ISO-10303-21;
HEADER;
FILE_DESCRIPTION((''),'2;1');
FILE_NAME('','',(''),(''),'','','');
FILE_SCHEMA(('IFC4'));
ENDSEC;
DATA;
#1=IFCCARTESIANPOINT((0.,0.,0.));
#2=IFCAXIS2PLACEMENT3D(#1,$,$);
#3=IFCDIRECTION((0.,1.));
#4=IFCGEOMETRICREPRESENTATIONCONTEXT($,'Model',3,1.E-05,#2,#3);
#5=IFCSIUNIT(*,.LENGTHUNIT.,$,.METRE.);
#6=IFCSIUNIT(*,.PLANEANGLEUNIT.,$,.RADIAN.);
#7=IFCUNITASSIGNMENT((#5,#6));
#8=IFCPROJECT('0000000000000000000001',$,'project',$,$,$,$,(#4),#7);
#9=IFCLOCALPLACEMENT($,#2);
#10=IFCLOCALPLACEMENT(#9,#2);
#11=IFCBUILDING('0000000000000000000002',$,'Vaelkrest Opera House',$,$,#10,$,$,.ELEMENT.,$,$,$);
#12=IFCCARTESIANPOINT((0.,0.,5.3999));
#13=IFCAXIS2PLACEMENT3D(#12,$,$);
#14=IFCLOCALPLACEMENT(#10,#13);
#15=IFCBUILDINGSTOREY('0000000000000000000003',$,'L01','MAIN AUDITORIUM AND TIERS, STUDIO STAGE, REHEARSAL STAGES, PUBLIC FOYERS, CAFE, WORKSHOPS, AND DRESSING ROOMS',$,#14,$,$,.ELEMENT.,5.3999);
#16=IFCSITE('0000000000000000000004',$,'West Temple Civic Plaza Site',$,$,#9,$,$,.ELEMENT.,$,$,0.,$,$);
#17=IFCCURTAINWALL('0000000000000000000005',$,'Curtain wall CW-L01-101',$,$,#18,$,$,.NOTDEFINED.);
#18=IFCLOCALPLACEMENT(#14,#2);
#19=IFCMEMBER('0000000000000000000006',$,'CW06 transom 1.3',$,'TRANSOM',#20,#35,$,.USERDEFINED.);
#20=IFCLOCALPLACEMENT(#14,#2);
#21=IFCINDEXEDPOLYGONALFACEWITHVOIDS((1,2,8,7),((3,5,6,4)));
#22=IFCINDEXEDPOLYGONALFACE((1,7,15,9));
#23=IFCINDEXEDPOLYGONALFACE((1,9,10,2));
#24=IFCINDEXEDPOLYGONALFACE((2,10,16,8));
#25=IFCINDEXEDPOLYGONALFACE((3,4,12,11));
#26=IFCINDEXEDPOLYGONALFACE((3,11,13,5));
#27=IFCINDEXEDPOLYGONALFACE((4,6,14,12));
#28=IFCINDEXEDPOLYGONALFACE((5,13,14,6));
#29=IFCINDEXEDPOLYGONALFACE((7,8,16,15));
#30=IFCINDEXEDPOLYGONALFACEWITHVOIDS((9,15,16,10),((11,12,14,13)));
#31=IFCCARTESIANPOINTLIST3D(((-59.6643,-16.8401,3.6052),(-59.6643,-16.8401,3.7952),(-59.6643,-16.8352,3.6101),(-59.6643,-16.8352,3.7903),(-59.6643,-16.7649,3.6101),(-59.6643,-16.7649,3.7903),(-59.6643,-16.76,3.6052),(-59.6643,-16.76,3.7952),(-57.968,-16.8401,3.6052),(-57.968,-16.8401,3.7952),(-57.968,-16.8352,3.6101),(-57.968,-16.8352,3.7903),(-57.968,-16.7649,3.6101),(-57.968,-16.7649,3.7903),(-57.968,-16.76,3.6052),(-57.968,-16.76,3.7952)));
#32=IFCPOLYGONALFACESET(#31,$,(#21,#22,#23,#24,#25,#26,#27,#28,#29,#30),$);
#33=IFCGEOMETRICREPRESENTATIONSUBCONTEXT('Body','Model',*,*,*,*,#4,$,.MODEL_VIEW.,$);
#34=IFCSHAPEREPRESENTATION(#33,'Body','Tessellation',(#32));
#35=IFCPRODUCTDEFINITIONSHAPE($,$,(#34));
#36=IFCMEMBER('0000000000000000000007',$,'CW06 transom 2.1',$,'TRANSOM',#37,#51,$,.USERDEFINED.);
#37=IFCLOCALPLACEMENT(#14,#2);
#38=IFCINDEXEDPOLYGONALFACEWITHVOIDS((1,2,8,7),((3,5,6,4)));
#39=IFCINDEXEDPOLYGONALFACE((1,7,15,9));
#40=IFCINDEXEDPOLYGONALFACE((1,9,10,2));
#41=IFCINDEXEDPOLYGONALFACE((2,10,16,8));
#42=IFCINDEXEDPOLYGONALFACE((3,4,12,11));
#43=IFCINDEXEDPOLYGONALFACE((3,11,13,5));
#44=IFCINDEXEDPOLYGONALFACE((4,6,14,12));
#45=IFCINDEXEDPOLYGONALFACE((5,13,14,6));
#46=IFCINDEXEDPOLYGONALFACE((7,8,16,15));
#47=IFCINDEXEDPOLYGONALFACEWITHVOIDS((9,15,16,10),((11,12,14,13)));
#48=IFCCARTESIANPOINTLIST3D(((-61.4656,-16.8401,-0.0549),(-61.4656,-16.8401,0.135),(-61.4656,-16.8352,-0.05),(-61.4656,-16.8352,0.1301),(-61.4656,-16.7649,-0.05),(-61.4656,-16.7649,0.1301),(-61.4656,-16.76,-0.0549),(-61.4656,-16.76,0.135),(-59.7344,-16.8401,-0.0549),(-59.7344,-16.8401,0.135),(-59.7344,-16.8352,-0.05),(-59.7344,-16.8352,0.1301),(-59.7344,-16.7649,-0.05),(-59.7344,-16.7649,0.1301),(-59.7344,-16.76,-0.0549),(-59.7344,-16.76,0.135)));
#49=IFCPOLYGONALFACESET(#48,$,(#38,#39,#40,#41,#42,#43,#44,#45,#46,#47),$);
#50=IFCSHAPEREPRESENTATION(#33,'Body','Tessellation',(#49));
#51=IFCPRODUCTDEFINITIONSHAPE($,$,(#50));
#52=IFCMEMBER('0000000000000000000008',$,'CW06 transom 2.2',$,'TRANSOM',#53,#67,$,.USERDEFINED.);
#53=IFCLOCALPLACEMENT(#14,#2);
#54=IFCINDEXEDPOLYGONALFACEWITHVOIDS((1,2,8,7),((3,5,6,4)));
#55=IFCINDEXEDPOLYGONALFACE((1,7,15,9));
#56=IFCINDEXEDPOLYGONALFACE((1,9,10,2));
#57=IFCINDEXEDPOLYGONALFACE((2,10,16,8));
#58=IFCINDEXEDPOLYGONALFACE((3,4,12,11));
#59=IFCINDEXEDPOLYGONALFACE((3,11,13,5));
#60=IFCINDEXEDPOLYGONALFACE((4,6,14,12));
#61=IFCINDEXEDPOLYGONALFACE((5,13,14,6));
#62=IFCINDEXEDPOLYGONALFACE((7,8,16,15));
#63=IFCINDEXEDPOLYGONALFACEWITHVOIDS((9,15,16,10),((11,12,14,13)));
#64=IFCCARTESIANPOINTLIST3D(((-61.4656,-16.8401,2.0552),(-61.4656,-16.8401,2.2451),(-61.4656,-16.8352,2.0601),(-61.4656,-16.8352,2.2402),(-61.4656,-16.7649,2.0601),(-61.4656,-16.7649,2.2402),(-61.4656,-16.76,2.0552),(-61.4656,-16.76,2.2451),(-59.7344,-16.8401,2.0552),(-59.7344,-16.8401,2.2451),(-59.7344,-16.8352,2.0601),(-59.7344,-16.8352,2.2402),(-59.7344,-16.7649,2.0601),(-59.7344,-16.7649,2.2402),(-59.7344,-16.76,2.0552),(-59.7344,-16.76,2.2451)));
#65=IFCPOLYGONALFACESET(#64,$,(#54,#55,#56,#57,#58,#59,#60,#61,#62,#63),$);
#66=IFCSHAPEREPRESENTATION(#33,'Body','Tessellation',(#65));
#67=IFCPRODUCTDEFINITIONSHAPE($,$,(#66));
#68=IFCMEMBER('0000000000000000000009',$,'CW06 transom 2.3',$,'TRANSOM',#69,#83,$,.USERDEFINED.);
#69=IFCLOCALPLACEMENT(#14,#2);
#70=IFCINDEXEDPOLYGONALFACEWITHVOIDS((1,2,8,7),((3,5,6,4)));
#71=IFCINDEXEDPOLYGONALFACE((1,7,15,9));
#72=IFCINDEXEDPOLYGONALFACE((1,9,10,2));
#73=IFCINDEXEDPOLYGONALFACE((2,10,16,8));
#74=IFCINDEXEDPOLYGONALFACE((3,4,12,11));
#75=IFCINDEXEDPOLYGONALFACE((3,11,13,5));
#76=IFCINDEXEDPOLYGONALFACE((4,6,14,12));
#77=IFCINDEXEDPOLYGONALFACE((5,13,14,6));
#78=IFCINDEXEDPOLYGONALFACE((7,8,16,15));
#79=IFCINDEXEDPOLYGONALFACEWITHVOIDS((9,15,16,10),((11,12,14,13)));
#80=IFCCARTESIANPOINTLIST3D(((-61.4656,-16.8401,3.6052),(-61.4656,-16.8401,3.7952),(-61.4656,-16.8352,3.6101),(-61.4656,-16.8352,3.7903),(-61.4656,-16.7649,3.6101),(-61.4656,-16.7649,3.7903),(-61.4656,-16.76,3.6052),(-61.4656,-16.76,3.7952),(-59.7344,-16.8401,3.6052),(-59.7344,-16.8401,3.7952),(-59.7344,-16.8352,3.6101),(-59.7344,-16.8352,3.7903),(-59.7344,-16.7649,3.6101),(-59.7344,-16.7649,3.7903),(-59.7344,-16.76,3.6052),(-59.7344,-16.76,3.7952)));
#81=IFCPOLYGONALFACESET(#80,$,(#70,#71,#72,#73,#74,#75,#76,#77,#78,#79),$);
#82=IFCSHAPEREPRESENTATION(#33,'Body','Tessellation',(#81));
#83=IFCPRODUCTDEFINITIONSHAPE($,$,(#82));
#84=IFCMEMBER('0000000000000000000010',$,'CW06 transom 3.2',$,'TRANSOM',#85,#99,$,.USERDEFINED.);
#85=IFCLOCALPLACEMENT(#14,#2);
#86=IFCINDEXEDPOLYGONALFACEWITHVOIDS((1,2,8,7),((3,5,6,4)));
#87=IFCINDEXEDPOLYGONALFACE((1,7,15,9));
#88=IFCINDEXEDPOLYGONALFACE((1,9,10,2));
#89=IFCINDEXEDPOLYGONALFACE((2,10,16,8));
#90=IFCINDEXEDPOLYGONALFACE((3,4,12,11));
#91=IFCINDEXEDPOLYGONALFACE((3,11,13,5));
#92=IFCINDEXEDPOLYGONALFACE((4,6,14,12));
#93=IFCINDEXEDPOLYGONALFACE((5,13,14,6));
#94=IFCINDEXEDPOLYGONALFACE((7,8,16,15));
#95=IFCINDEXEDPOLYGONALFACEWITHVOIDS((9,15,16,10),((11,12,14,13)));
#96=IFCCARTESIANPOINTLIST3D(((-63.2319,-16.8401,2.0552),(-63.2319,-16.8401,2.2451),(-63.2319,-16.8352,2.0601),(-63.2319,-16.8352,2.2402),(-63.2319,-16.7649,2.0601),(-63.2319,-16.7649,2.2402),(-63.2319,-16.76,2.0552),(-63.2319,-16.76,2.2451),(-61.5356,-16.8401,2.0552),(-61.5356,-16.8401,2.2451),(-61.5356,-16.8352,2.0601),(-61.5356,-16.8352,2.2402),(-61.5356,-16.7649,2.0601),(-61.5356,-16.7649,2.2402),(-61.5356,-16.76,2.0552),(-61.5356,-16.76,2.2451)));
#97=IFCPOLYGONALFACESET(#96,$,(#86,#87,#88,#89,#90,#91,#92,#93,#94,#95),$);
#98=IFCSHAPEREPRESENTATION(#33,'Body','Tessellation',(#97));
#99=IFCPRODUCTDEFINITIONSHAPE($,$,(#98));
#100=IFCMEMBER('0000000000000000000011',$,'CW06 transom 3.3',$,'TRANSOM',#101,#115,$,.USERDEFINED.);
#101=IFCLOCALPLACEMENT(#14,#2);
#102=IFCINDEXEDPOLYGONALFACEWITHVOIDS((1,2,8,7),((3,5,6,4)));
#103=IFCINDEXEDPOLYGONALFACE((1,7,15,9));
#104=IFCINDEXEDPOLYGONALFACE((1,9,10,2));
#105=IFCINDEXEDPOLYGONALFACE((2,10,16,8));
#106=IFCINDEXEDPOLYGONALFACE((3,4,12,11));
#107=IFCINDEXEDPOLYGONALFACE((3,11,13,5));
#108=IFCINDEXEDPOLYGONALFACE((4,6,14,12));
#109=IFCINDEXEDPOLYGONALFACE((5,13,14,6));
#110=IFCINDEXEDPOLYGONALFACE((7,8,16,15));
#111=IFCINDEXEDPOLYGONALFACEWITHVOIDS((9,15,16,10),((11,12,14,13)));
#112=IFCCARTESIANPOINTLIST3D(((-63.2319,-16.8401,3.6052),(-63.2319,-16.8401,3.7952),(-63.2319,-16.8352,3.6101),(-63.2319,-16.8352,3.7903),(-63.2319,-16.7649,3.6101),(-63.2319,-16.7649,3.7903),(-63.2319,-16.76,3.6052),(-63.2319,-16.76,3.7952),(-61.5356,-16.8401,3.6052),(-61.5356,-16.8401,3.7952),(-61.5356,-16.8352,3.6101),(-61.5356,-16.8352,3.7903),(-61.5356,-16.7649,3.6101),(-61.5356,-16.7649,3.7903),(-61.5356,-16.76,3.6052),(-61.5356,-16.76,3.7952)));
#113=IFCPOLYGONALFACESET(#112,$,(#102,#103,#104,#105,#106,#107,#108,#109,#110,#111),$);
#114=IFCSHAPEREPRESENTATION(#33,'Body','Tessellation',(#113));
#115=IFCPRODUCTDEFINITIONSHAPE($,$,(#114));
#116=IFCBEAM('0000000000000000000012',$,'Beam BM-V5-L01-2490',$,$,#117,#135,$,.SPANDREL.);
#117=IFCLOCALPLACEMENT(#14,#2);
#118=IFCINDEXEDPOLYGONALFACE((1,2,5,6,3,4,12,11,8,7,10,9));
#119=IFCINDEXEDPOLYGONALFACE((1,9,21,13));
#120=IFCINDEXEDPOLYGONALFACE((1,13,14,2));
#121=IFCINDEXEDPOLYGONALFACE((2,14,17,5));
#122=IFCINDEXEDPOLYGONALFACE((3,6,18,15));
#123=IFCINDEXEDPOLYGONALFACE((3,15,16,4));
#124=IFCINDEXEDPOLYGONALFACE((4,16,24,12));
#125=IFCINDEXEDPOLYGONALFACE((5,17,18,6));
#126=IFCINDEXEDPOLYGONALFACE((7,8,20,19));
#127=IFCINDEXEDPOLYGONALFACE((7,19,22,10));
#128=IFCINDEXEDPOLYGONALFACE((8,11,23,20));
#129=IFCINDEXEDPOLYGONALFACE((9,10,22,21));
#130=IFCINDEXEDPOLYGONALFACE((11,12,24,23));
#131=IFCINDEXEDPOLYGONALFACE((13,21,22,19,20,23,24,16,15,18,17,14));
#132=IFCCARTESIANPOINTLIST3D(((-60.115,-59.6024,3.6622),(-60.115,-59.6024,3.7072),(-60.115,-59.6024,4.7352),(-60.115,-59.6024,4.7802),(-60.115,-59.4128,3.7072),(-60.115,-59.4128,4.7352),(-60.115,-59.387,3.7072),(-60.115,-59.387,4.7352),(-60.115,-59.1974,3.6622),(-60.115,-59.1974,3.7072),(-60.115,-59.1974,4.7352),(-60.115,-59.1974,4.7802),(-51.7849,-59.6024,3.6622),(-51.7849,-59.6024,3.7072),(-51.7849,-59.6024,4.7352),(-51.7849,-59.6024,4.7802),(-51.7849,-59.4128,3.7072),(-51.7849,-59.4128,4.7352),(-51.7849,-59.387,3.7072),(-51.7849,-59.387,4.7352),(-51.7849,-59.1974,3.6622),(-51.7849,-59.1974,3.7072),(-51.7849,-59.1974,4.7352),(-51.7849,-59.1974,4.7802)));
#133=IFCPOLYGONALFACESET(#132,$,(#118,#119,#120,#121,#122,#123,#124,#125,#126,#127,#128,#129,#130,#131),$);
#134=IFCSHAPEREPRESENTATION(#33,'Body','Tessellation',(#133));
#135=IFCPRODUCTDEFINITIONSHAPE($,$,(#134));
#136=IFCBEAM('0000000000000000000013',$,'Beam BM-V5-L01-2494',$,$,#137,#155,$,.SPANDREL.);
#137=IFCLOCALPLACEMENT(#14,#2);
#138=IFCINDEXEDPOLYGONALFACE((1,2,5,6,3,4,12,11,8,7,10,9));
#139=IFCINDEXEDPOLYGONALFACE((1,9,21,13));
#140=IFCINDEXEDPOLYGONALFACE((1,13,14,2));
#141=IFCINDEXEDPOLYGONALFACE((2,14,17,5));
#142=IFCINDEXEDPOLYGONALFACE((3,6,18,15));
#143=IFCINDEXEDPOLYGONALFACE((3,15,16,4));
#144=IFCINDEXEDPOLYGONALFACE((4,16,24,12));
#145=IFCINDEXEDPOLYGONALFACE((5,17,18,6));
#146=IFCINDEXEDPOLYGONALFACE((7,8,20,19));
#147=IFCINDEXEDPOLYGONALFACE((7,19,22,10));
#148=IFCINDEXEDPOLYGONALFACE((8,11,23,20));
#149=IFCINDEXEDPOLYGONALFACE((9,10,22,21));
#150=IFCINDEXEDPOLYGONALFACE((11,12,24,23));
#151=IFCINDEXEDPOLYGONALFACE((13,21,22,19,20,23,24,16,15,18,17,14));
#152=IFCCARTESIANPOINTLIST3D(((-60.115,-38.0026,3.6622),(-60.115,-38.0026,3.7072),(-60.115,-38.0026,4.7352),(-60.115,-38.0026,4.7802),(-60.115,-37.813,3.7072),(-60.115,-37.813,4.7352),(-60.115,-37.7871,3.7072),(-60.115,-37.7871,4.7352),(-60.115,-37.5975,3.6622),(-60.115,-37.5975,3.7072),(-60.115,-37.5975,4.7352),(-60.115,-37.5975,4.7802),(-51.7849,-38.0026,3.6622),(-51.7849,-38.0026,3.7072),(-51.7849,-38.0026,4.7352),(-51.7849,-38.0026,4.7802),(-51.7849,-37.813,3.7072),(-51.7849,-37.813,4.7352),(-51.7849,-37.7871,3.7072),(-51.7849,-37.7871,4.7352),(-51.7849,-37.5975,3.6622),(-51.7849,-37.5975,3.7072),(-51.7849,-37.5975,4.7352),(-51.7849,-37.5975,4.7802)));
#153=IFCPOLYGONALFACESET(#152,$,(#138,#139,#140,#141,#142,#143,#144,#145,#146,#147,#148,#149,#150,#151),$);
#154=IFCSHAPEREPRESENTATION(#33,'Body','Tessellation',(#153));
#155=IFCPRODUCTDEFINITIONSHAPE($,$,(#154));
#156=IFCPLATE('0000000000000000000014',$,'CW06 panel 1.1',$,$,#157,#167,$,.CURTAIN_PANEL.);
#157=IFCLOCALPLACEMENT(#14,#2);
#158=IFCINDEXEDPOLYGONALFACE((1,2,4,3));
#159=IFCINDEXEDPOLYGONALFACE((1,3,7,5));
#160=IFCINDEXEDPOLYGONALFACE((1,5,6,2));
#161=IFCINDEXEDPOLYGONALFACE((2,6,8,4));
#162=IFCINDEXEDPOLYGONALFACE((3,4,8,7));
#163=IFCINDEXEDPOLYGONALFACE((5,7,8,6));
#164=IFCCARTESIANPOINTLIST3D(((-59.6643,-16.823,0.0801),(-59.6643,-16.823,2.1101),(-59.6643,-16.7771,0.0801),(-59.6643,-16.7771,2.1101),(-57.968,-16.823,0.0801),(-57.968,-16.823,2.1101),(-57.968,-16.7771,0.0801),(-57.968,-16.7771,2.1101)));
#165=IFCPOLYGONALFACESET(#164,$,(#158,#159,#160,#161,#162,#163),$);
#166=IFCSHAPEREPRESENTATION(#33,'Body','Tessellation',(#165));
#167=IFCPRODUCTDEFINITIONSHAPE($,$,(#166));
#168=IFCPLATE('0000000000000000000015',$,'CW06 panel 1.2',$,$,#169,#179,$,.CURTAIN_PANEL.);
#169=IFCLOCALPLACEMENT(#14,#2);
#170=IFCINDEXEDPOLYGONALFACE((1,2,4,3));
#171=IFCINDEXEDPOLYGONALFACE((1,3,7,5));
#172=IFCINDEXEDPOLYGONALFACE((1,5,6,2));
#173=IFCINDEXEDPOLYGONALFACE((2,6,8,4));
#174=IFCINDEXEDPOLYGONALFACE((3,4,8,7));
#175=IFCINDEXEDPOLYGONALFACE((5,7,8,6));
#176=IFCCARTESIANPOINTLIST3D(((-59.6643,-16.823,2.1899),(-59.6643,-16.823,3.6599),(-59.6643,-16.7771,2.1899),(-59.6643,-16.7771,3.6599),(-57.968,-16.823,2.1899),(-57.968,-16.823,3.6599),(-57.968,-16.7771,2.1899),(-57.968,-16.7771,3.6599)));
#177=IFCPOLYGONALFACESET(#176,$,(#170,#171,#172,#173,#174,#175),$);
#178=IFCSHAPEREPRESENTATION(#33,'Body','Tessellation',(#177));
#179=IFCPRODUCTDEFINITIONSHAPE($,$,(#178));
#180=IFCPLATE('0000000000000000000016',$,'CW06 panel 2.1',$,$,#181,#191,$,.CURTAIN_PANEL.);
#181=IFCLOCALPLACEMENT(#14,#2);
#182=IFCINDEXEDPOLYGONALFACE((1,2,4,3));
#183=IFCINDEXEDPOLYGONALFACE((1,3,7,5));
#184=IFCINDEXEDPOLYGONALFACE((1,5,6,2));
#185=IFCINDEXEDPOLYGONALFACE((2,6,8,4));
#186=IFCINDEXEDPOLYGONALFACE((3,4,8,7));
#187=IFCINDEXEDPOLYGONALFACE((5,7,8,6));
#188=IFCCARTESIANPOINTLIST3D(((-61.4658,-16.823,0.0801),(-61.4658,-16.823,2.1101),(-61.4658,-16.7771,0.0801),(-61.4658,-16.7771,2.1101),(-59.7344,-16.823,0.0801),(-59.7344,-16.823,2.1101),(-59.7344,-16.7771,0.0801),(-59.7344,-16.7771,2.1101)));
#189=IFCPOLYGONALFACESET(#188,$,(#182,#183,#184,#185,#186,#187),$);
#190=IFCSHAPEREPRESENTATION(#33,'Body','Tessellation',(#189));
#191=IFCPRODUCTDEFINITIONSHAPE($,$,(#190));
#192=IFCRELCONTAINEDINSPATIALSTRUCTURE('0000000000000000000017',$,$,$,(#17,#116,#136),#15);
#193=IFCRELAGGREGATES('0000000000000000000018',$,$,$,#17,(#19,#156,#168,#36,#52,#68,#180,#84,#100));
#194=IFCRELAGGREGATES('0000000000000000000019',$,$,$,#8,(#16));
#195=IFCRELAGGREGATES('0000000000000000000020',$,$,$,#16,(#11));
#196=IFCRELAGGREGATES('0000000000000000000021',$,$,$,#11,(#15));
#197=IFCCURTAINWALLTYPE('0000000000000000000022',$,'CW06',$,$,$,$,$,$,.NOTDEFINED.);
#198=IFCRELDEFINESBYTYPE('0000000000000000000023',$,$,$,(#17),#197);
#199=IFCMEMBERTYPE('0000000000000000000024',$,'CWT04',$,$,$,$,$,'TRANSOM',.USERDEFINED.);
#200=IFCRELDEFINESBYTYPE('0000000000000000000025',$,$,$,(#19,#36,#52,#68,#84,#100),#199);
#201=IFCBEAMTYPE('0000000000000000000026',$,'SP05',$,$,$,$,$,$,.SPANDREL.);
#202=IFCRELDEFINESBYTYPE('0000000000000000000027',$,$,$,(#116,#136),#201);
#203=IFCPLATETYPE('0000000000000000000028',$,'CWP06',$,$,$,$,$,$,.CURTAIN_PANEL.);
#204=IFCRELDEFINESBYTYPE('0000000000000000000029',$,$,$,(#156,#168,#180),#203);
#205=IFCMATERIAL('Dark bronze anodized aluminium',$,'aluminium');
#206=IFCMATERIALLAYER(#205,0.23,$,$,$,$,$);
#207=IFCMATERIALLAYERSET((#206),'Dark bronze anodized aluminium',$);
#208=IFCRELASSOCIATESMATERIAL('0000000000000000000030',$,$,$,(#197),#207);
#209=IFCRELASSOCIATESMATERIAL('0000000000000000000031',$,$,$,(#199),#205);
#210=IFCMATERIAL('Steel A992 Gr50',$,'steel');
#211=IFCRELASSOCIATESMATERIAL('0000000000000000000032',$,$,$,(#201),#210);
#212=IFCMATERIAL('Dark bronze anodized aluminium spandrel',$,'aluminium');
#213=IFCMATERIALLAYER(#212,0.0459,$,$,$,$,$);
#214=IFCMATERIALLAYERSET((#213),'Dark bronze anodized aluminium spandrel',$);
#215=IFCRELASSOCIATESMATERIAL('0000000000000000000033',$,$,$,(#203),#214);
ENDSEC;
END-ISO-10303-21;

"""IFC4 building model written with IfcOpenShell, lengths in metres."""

from ifc_helpers import new_model, si_unit, direction, frame, origin, origin_2d, place, context, subcontext, project, spatial, rectangle, hollow_rectangle, i_section, extrude, material, layer, layer_set, material_profile, profile_set, type_object, element, aggregate, save


model = new_model("IFC4")

# Units and contexts
model_context = context("Model", 3, precision=1e-05, world=origin(), true_north=direction((0.0, 1.0)))
body_context = subcontext(model_context, "Body", "Model", "MODEL_VIEW")
ifc_project = project(units=[si_unit("LENGTHUNIT", "METRE"), si_unit("PLANEANGLEUNIT", "RADIAN")], contexts=[model_context])

# Site, building, storey
site_placement = place(None, origin())
site = spatial("IfcSite", under=ifc_project, at=site_placement, Name="West Temple Civic Plaza Site", CompositionType="ELEMENT", RefElevation=0.0)
building_placement = place(site_placement, origin())
building = spatial("IfcBuilding", under=site, at=building_placement, Name="Vaelkrest Opera House", CompositionType="ELEMENT")
storey_placement = place(building_placement, frame((0.0, 0.0, 5.3999)))
storey = spatial("IfcBuildingStorey", under=building, at=storey_placement, Name="L01", Description="MAIN AUDITORIUM AND TIERS, STUDIO STAGE, REHEARSAL STAGES, PUBLIC FOYERS, CAFE, WORKSHOPS, AND DRESSING ROOMS", CompositionType="ELEMENT", Elevation=5.3999)

# Shared definitions
ifc_material_1 = material(Name="Steel A992 Gr50", Category="steel")

# Curtain wall, members
ifc_material_2 = material(Name="Dark bronze anodized aluminium", Category="aluminium")
ifc_layer_1 = layer(ifc_material_2, 0.23)
ifc_layer_set_1 = layer_set([ifc_layer_1], Name="Dark bronze anodized aluminium")
curtain_wall_type = type_object("IfcCurtainWallType", Name="CW06", PredefinedType="NOTDEFINED", material=ifc_layer_set_1)
curtain_wall_placement = place(storey_placement, origin())
curtain_wall = element("IfcCurtainWall", 1, at=curtain_wall_placement, inside=storey, type_object=curtain_wall_type, Name="Curtain wall CW-L01-101", PredefinedType="NOTDEFINED")
ifc_material_profile_1 = material_profile(ifc_material_2, hollow_rectangle(XDim=0.0801, YDim=0.1899, WallThickness=0.0049, at=origin_2d()), Name="CWT80X190")
ifc_profile_set_1 = profile_set([ifc_material_profile_1], Name="Dark bronze anodized aluminium")
member_type_1 = type_object("IfcMemberType", Name="CWT04", ElementType="TRANSOM", PredefinedType="USERDEFINED", material=ifc_profile_set_1)
member_1_placement = place(storey_placement, frame((-57.968, -16.8, 3.7002), z_axis=(-1.0, 0.0, 0.0), x_axis=(0.0, -1.0, 0.0)))
member_1 = element("IfcMember", 2, at=member_1_placement, type_object=member_type_1, Name="CW06 transom 1.3", ObjectType="TRANSOM", PredefinedType="USERDEFINED", context=body_context, shape_type="SweptSolid", body=[
    extrude(hollow_rectangle(XDim=0.0801, YDim=0.1899, WallThickness=0.0049, at=origin_2d()), origin(), (0.0, 0.0, 1.0), 1.6963),
])
member_2_placement = place(storey_placement, frame((-59.7344, -16.8, 0.04), z_axis=(-1.0, 0.0, 0.0), x_axis=(0.0, -1.0, 0.0)))
member_2 = element("IfcMember", 3, at=member_2_placement, type_object=member_type_1, Name="CW06 transom 2.1", ObjectType="TRANSOM", PredefinedType="USERDEFINED", context=body_context, shape_type="SweptSolid", body=[
    extrude(hollow_rectangle(XDim=0.0801, YDim=0.1899, WallThickness=0.0049, at=origin_2d()), origin(), (0.0, 0.0, 1.0), 1.7312),
])
member_3_placement = place(storey_placement, frame((-59.7344, -16.8, 2.1501), z_axis=(-1.0, 0.0, 0.0), x_axis=(0.0, -1.0, 0.0)))
member_3 = element("IfcMember", 4, at=member_3_placement, type_object=member_type_1, Name="CW06 transom 2.2", ObjectType="TRANSOM", PredefinedType="USERDEFINED", context=body_context, shape_type="SweptSolid", body=[
    extrude(hollow_rectangle(XDim=0.0801, YDim=0.1899, WallThickness=0.0049, at=origin_2d()), origin(), (0.0, 0.0, 1.0), 1.7312),
])
member_4_placement = place(storey_placement, frame((-59.7344, -16.8, 3.7002), z_axis=(-1.0, 0.0, 0.0), x_axis=(0.0, -1.0, 0.0)))
member_4 = element("IfcMember", 5, at=member_4_placement, type_object=member_type_1, Name="CW06 transom 2.3", ObjectType="TRANSOM", PredefinedType="USERDEFINED", context=body_context, shape_type="SweptSolid", body=[
    extrude(hollow_rectangle(XDim=0.0801, YDim=0.1899, WallThickness=0.0049, at=origin_2d()), origin(), (0.0, 0.0, 1.0), 1.7312),
])
member_5_placement = place(storey_placement, frame((-61.5356, -16.8, 2.1501), z_axis=(-1.0, 0.0, 0.0), x_axis=(0.0, -1.0, 0.0)))
member_5 = element("IfcMember", 6, at=member_5_placement, type_object=member_type_1, Name="CW06 transom 3.2", ObjectType="TRANSOM", PredefinedType="USERDEFINED", context=body_context, shape_type="SweptSolid", body=[
    extrude(hollow_rectangle(XDim=0.0801, YDim=0.1899, WallThickness=0.0049, at=origin_2d()), origin(), (0.0, 0.0, 1.0), 1.6963),
])
member_6_placement = place(storey_placement, frame((-61.5356, -16.8, 3.7002), z_axis=(-1.0, 0.0, 0.0), x_axis=(0.0, -1.0, 0.0)))
member_6 = element("IfcMember", 7, at=member_6_placement, type_object=member_type_1, Name="CW06 transom 3.3", ObjectType="TRANSOM", PredefinedType="USERDEFINED", context=body_context, shape_type="SweptSolid", body=[
    extrude(hollow_rectangle(XDim=0.0801, YDim=0.1899, WallThickness=0.0049, at=origin_2d()), origin(), (0.0, 0.0, 1.0), 1.6963),
])

# Beams
ifc_material_profile_2 = material_profile(ifc_material_1, i_section(OverallWidth=0.405, OverallDepth=1.1179, WebThickness=0.0259, FlangeThickness=0.0449, at=origin_2d()), Name="W44X335")
ifc_profile_set_2 = profile_set([ifc_material_profile_2], Name="Steel A992 Gr50")
beam_type = type_object("IfcBeamType", Name="SP05", PredefinedType="SPANDREL", material=ifc_profile_set_2)
for number, where, z_axis, x_axis, name in (
    (8, (-60.115, -59.3999, 4.2212), (1.0, 0.0, 0.0), (0.0, 1.0, 0.0), "Beam BM-V5-L01-2490"),
    (9, (-60.115, -37.8, 4.2212), (1.0, 0.0, 0.0), (0.0, 1.0, 0.0), "Beam BM-V5-L01-2494"),
):
    element("IfcBeam", number, at=place(storey_placement, frame(where, z_axis=z_axis, x_axis=x_axis)), inside=storey, type_object=beam_type, Name=name, PredefinedType="SPANDREL", context=body_context, shape_type="SweptSolid", body=[
        extrude(i_section(OverallWidth=0.405, OverallDepth=1.1179, WebThickness=0.0259, FlangeThickness=0.0449, at=origin_2d()), origin(), (0.0, 0.0, 1.0), 8.3301),
    ])

# Plates
ifc_material_3 = material(Name="Dark bronze anodized aluminium spandrel", Category="aluminium")
ifc_layer_2 = layer(ifc_material_3, 0.0459)
ifc_layer_set_2 = layer_set([ifc_layer_2], Name="Dark bronze anodized aluminium spandrel")
plate_type = type_object("IfcPlateType", Name="CWP06", PredefinedType="CURTAIN_PANEL", material=ifc_layer_set_2)
plate_1_placement = place(storey_placement, frame((-58.8162, -16.8, 0.0801), z_axis=(0.0, 0.0, 1.0), x_axis=(-1.0, 0.0, 0.0)))
plate_1 = element("IfcPlate", 10, at=plate_1_placement, type_object=plate_type, Name="CW06 panel 1.1", PredefinedType="CURTAIN_PANEL", context=body_context, shape_type="SweptSolid", body=[
    extrude(rectangle(XDim=1.6963, YDim=0.0459, at=origin_2d()), origin(), (0.0, 0.0, 1.0), 2.03),
])
plate_2_placement = place(storey_placement, frame((-58.8162, -16.8, 2.1899), z_axis=(0.0, 0.0, 1.0), x_axis=(-1.0, 0.0, 0.0)))
plate_2 = element("IfcPlate", 11, at=plate_2_placement, type_object=plate_type, Name="CW06 panel 1.2", PredefinedType="CURTAIN_PANEL", context=body_context, shape_type="SweptSolid", body=[
    extrude(rectangle(XDim=1.6963, YDim=0.0459, at=origin_2d()), origin(), (0.0, 0.0, 1.0), 1.47),
])
plate_3_placement = place(storey_placement, frame((-60.6001, -16.8, 0.0801), z_axis=(0.0, 0.0, 1.0), x_axis=(-1.0, 0.0, 0.0)))
plate_3 = element("IfcPlate", 12, at=plate_3_placement, type_object=plate_type, Name="CW06 panel 2.1", PredefinedType="CURTAIN_PANEL", context=body_context, shape_type="SweptSolid", body=[
    extrude(rectangle(XDim=1.7314, YDim=0.0459, at=origin_2d()), origin(), (0.0, 0.0, 1.0), 2.03),
])
aggregate(curtain_wall, [member_1, plate_1, plate_2, member_2, member_3, member_4, plate_3, member_5, member_6])

save(model, "model.ifc")
